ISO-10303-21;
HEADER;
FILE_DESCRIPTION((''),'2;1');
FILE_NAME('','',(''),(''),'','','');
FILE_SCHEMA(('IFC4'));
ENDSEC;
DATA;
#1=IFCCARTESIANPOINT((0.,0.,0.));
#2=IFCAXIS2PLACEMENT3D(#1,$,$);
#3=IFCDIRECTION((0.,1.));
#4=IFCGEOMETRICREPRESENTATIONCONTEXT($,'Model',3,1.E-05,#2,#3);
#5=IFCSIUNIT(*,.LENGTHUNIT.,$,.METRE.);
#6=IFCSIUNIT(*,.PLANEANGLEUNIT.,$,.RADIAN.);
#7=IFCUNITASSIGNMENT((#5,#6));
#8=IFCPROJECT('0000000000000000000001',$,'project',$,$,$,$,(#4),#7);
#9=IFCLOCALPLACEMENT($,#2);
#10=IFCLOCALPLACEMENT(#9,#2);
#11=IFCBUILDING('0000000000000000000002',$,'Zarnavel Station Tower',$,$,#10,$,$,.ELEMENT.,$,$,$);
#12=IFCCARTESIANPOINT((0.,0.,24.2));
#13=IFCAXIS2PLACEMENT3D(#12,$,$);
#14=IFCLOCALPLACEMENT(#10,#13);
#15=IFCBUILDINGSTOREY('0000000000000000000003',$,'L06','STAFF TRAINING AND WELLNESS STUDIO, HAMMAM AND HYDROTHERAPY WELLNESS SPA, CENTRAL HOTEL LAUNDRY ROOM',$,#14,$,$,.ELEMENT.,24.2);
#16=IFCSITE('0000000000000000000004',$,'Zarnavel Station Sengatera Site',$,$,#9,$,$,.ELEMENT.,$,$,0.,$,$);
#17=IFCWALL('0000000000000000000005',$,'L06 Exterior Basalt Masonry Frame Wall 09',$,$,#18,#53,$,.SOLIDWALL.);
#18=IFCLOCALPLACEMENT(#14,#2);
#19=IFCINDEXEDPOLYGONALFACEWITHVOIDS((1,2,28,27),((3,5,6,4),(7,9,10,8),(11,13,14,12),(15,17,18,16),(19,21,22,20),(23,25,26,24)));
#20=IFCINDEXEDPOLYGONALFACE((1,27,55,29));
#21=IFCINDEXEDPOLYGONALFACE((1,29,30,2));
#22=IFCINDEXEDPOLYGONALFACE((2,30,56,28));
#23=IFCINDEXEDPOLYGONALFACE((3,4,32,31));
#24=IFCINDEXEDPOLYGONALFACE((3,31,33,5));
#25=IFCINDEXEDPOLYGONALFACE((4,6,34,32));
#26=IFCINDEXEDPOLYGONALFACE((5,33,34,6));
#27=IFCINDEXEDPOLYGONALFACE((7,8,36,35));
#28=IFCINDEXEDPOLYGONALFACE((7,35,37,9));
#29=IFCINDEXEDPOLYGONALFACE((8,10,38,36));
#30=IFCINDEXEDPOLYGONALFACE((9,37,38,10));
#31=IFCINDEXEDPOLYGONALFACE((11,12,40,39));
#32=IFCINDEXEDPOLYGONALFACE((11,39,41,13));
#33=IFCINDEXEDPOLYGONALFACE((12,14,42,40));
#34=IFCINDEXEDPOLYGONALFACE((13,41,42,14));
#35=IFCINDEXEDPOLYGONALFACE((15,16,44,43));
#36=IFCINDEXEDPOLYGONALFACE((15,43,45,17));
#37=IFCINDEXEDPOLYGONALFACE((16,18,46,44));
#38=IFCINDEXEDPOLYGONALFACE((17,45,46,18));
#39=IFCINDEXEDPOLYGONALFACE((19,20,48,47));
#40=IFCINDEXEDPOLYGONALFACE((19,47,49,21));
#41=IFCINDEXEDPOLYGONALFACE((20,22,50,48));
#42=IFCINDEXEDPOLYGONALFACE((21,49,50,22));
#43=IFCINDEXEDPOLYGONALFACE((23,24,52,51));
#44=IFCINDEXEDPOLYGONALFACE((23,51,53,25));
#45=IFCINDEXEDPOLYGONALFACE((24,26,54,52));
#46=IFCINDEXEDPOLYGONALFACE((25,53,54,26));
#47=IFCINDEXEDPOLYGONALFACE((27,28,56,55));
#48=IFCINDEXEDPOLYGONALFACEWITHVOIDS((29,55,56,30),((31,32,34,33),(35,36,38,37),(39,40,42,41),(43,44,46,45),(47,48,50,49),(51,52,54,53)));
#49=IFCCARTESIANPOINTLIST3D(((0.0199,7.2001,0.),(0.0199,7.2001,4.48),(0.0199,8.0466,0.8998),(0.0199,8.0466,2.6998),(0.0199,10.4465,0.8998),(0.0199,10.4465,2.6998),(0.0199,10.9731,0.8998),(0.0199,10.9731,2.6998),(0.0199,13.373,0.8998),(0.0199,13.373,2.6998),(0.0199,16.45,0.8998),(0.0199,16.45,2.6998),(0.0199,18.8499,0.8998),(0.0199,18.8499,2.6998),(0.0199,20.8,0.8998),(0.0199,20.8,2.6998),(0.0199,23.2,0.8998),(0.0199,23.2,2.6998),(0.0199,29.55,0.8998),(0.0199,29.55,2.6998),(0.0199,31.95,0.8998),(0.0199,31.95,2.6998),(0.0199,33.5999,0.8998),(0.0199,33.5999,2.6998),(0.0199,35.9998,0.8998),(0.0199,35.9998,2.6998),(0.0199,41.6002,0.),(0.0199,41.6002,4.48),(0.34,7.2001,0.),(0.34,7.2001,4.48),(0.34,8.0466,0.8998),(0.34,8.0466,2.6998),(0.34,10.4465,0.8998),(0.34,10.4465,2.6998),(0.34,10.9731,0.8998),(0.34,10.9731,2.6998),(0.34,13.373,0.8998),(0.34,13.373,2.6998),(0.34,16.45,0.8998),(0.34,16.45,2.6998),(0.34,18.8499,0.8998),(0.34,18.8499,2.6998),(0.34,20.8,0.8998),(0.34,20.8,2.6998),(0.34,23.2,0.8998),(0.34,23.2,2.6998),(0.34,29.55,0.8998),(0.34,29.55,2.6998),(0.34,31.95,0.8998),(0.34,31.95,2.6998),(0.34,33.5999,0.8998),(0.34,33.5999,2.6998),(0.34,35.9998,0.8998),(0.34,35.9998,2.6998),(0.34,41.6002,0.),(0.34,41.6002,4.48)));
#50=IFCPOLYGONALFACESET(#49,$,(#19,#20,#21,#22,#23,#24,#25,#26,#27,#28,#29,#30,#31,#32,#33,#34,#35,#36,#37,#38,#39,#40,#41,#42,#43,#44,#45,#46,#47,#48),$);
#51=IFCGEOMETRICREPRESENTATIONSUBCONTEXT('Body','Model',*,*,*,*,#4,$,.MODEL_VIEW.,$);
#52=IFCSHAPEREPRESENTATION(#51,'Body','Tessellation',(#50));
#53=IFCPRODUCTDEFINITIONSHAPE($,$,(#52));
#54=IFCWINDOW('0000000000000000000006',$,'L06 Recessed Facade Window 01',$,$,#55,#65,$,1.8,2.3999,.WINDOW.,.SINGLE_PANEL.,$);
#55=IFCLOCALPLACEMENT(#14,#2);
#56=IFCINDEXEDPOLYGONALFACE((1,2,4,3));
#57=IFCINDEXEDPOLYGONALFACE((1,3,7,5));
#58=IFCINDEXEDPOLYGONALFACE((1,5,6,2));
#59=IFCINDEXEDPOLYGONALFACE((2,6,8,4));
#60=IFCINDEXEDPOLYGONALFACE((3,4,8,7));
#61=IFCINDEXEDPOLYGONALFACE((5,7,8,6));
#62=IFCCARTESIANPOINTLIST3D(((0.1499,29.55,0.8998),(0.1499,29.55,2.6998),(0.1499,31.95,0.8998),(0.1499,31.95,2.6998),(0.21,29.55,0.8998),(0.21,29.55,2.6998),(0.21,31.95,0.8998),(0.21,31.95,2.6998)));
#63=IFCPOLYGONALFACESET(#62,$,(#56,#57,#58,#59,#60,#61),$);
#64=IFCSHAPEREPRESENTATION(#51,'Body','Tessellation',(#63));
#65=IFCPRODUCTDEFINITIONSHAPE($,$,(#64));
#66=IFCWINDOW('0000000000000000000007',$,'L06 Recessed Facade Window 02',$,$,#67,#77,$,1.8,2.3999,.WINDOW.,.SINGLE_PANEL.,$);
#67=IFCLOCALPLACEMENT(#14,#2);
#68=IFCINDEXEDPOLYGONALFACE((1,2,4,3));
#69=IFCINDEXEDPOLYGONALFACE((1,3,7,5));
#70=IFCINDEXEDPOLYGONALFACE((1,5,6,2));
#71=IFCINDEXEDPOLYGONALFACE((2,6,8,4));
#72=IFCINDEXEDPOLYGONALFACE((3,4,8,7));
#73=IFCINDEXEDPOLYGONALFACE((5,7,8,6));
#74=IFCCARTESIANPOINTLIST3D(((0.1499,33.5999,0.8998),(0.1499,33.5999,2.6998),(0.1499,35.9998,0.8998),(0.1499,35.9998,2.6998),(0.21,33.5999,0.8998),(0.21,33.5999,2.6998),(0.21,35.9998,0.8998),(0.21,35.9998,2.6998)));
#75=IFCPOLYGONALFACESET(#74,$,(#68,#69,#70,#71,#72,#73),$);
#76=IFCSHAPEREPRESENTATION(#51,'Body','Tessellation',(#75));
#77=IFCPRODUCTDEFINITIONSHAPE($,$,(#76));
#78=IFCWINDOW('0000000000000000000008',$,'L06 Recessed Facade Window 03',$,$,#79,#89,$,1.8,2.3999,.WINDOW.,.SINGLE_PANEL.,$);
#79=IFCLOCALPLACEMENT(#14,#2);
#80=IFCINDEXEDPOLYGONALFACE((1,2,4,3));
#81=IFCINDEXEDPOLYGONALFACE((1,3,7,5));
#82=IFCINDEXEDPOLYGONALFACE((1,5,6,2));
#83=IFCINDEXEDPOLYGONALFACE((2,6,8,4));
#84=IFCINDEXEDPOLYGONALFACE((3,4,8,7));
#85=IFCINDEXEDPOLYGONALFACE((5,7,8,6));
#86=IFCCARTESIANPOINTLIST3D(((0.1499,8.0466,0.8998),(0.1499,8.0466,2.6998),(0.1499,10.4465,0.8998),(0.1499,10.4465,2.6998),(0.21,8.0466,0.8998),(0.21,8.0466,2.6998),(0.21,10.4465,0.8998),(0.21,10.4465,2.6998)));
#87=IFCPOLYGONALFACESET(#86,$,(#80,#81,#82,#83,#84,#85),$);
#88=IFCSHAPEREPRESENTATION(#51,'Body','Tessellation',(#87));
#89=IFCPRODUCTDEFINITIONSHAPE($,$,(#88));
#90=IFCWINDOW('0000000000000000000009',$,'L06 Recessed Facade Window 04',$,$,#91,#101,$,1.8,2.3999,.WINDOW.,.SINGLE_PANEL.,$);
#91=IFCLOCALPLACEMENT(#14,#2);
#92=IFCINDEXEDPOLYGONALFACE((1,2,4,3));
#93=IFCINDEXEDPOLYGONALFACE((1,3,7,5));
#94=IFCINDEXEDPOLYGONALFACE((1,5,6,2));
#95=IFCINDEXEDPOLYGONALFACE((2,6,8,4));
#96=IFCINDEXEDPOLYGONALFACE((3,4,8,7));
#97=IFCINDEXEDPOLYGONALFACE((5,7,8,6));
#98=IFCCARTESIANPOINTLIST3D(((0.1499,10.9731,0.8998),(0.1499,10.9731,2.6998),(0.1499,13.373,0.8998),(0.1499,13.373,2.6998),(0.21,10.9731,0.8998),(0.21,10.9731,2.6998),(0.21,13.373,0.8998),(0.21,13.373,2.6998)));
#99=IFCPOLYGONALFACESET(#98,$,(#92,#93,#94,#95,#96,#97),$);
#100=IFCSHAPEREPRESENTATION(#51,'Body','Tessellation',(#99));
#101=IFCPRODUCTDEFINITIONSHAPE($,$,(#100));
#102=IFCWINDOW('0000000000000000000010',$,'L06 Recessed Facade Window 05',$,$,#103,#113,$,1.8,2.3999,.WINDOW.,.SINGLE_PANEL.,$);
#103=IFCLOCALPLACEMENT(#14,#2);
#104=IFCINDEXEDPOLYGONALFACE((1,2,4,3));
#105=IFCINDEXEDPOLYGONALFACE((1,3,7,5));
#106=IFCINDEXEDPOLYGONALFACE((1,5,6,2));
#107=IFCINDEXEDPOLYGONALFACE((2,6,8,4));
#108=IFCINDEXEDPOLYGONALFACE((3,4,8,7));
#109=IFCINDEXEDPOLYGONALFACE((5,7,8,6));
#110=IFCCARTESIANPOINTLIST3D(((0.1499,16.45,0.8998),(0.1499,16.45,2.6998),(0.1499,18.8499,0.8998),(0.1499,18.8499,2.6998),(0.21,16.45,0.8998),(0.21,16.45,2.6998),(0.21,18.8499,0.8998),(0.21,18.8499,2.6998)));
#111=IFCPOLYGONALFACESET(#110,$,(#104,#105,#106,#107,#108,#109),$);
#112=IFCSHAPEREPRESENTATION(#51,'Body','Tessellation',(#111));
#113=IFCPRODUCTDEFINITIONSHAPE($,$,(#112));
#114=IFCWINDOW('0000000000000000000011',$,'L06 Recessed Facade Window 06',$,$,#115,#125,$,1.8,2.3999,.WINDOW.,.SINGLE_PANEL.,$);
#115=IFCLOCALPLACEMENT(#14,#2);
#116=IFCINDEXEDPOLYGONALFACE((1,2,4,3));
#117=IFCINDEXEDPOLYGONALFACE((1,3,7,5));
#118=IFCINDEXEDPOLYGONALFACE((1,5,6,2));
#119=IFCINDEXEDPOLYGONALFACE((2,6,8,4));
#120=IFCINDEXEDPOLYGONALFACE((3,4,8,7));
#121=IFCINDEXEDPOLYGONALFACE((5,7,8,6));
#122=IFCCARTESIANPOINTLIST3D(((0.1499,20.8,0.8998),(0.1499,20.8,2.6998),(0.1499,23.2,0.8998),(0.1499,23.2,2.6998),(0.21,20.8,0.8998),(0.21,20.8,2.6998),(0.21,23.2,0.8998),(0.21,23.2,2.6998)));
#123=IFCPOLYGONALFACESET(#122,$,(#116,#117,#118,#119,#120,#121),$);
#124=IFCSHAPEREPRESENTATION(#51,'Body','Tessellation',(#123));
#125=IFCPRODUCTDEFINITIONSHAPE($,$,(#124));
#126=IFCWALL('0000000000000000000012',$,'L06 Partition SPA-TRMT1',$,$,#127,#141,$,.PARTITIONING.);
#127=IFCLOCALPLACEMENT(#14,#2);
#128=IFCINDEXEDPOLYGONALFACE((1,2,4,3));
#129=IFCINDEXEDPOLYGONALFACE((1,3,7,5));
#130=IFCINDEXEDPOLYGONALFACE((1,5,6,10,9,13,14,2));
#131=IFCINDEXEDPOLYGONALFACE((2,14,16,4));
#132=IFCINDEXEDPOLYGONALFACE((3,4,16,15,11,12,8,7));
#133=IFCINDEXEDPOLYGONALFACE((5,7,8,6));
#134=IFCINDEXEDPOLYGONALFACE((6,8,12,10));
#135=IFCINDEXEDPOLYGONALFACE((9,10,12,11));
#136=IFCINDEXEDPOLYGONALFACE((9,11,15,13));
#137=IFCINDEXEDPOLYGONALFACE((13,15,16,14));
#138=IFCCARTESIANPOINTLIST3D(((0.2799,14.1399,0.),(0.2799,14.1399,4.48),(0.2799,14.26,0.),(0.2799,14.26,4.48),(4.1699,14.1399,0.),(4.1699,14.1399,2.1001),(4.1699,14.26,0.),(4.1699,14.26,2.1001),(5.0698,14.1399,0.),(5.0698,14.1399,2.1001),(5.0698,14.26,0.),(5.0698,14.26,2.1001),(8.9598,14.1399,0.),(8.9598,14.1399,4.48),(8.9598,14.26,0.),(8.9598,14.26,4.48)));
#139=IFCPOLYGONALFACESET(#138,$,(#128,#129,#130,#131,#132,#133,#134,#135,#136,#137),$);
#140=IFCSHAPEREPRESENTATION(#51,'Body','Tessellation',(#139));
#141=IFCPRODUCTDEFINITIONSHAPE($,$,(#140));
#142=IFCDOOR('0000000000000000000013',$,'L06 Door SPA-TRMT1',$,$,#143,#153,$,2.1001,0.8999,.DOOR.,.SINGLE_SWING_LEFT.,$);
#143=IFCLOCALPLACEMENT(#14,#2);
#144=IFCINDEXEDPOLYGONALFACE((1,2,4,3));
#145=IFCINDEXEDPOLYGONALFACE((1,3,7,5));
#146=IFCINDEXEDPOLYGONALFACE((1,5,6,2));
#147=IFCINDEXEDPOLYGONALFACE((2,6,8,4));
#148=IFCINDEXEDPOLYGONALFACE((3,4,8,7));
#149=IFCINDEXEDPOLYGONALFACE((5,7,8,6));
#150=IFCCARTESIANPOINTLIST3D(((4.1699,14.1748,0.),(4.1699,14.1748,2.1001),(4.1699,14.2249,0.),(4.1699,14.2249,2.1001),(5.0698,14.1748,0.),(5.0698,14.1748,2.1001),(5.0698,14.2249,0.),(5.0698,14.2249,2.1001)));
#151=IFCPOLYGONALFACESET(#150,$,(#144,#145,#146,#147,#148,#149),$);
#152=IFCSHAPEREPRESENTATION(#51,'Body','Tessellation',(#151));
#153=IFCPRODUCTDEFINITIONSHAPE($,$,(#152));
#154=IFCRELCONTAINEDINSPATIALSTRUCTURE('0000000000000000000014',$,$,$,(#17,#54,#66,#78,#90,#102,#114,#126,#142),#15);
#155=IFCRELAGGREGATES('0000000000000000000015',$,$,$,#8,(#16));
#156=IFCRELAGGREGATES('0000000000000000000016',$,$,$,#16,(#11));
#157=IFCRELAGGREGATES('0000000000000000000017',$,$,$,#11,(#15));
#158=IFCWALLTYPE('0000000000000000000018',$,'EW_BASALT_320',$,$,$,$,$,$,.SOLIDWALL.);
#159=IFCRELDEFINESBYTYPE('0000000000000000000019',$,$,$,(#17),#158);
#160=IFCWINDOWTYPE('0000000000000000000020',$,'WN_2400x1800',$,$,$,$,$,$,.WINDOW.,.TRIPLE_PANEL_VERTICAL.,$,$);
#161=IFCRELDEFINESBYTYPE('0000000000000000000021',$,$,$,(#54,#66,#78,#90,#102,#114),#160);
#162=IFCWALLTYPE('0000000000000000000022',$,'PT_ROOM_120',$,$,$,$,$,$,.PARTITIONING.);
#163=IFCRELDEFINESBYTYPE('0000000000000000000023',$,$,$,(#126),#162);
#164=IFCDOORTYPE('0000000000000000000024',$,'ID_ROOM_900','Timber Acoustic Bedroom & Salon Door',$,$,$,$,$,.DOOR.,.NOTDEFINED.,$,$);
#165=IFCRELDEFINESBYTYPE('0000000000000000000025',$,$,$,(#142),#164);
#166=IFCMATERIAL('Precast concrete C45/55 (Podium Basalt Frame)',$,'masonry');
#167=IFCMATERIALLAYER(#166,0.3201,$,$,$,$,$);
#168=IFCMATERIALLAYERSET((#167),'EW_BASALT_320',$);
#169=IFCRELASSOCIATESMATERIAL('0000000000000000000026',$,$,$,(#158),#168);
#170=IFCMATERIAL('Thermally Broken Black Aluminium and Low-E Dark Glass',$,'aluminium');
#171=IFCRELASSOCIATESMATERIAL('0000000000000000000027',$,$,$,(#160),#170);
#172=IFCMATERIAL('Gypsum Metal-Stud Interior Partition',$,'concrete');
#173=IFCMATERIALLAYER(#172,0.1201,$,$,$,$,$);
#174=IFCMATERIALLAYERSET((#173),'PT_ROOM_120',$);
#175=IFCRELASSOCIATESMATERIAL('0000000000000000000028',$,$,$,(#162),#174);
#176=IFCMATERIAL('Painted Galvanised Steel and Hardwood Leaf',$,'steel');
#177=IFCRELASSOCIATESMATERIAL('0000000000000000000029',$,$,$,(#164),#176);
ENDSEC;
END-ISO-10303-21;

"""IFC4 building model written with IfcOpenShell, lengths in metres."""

from ifc_helpers import new_model, si_unit, direction, frame, frame_2d, origin, place, context, subcontext, project, spatial, rectangle, extrude, material, layer, layer_set, type_object, element, fill, save


model = new_model("IFC4")

# Units and contexts
model_context = context("Model", 3, precision=1e-05, world=origin(), true_north=direction((0.0, 1.0)))
body_context = subcontext(model_context, "Body", "Model", "MODEL_VIEW")
ifc_project = project(units=[si_unit("LENGTHUNIT", "METRE"), si_unit("PLANEANGLEUNIT", "RADIAN")], contexts=[model_context])

# Site, building, storey
site_placement = place(None, origin())
site = spatial("IfcSite", under=ifc_project, at=site_placement, Name="Zarnavel Station Sengatera Site", CompositionType="ELEMENT", RefElevation=0.0)
building_placement = place(site_placement, origin())
building = spatial("IfcBuilding", under=site, at=building_placement, Name="Zarnavel Station Tower", CompositionType="ELEMENT")
storey_placement = place(building_placement, frame((0.0, 0.0, 24.2)))
storey = spatial("IfcBuildingStorey", under=building, at=storey_placement, Name="L06", Description="STAFF TRAINING AND WELLNESS STUDIO, HAMMAM AND HYDROTHERAPY WELLNESS SPA, CENTRAL HOTEL LAUNDRY ROOM", CompositionType="ELEMENT", Elevation=24.2)

# Wall, openings, windows
ifc_material_1 = material(Name="Precast concrete C45/55 (Podium Basalt Frame)", Category="masonry")
ifc_layer_1 = layer(ifc_material_1, 0.3201)
ifc_layer_set_1 = layer_set([ifc_layer_1], Name="EW_BASALT_320")
wall_type_1 = type_object("IfcWallType", Name="EW_BASALT_320", PredefinedType="SOLIDWALL", material=ifc_layer_set_1)
wall_1_placement = place(storey_placement, frame((0.1799, 7.2, 0.0), z_axis=(0.0, 0.0, 1.0), x_axis=(0.0, 1.0, 0.0)))
wall_1 = element("IfcWall", 1, at=wall_1_placement, inside=storey, type_object=wall_type_1, Name="L06 Exterior Basalt Masonry Frame Wall 09", PredefinedType="SOLIDWALL", context=body_context, shape_type="SweptSolid", body=[
    extrude(rectangle(XDim=34.4001, YDim=0.3201, at=frame_2d((17.2002, 0.0))), origin(), (0.0, 0.0, 1.0), 4.48),
])
opening_1_placement = place(wall_1_placement, frame((22.3501, 0.0, 0.8999)))
opening_1 = element("IfcOpeningElement", 2, at=opening_1_placement, cuts=wall_1, PredefinedType="OPENING", context=body_context, shape_type="SweptSolid", body=[
    extrude(rectangle(XDim=2.3999, YDim=1.8, at=frame_2d((1.2, 0.8999))), frame((0.0, 0.1699, 0.0), z_axis=(0.0, -1.0, 0.0), x_axis=(1.0, 0.0, 0.0)), (0.0, 0.0, 1.0), 0.3401),
])
opening_2_placement = place(wall_1_placement, frame((26.3999, 0.0, 0.8999)))
opening_2 = element("IfcOpeningElement", 3, at=opening_2_placement, cuts=wall_1, PredefinedType="OPENING", context=body_context, shape_type="SweptSolid", body=[
    extrude(rectangle(XDim=2.3999, YDim=1.8, at=frame_2d((1.2, 0.8999))), frame((0.0, 0.1699, 0.0), z_axis=(0.0, -1.0, 0.0), x_axis=(1.0, 0.0, 0.0)), (0.0, 0.0, 1.0), 0.3401),
])
opening_3_placement = place(wall_1_placement, frame((0.8467, 0.0, 0.8999)))
opening_3 = element("IfcOpeningElement", 4, at=opening_3_placement, cuts=wall_1, PredefinedType="OPENING", context=body_context, shape_type="SweptSolid", body=[
    extrude(rectangle(XDim=2.3999, YDim=1.8, at=frame_2d((1.2, 0.8999))), frame((0.0, 0.1699, 0.0), z_axis=(0.0, -1.0, 0.0), x_axis=(1.0, 0.0, 0.0)), (0.0, 0.0, 1.0), 0.3401),
])
opening_4_placement = place(wall_1_placement, frame((3.7732, 0.0, 0.8999)))
opening_4 = element("IfcOpeningElement", 5, at=opening_4_placement, cuts=wall_1, PredefinedType="OPENING", context=body_context, shape_type="SweptSolid", body=[
    extrude(rectangle(XDim=2.3999, YDim=1.8, at=frame_2d((1.2, 0.8999))), frame((0.0, 0.1699, 0.0), z_axis=(0.0, -1.0, 0.0), x_axis=(1.0, 0.0, 0.0)), (0.0, 0.0, 1.0), 0.3401),
])
opening_5_placement = place(wall_1_placement, frame((9.25, 0.0, 0.8999)))
opening_5 = element("IfcOpeningElement", 6, at=opening_5_placement, cuts=wall_1, PredefinedType="OPENING", context=body_context, shape_type="SweptSolid", body=[
    extrude(rectangle(XDim=2.3999, YDim=1.8, at=frame_2d((1.2, 0.8999))), frame((0.0, 0.1699, 0.0), z_axis=(0.0, -1.0, 0.0), x_axis=(1.0, 0.0, 0.0)), (0.0, 0.0, 1.0), 0.3401),
])
opening_6_placement = place(wall_1_placement, frame((13.6001, 0.0, 0.8999)))
opening_6 = element("IfcOpeningElement", 7, at=opening_6_placement, cuts=wall_1, PredefinedType="OPENING", context=body_context, shape_type="SweptSolid", body=[
    extrude(rectangle(XDim=2.3999, YDim=1.8, at=frame_2d((1.2, 0.8999))), frame((0.0, 0.1699, 0.0), z_axis=(0.0, -1.0, 0.0), x_axis=(1.0, 0.0, 0.0)), (0.0, 0.0, 1.0), 0.3401),
])
ifc_material_2 = material(Name="Thermally Broken Black Aluminium and Low-E Dark Glass", Category="aluminium")
window_type = type_object("IfcWindowType", Name="WN_2400x1800", PartitioningType="TRIPLE_PANEL_VERTICAL", PredefinedType="WINDOW", material=ifc_material_2)
window_1_placement = place(opening_1_placement, origin())
window_1 = element("IfcWindow", 8, at=window_1_placement, inside=storey, type_object=window_type, Name="L06 Recessed Facade Window 01", OverallHeight=1.8, OverallWidth=2.3999, PartitioningType="SINGLE_PANEL", PredefinedType="WINDOW", context=body_context, shape_type="SweptSolid", body=[
    extrude(rectangle(XDim=2.3999, YDim=1.8, at=frame_2d((1.2, 0.8999))), frame((0.0, 0.03, 0.0), z_axis=(0.0, -1.0, 0.0), x_axis=(1.0, 0.0, 0.0)), (0.0, 0.0, 1.0), 0.0601),
])
fill(opening_1, window_1)
window_2_placement = place(opening_2_placement, origin())
window_2 = element("IfcWindow", 9, at=window_2_placement, inside=storey, type_object=window_type, Name="L06 Recessed Facade Window 02", OverallHeight=1.8, OverallWidth=2.3999, PartitioningType="SINGLE_PANEL", PredefinedType="WINDOW", context=body_context, shape_type="SweptSolid", body=[
    extrude(rectangle(XDim=2.3999, YDim=1.8, at=frame_2d((1.2, 0.8999))), frame((0.0, 0.03, 0.0), z_axis=(0.0, -1.0, 0.0), x_axis=(1.0, 0.0, 0.0)), (0.0, 0.0, 1.0), 0.0601),
])
fill(opening_2, window_2)
window_3_placement = place(opening_3_placement, origin())
window_3 = element("IfcWindow", 10, at=window_3_placement, inside=storey, type_object=window_type, Name="L06 Recessed Facade Window 03", OverallHeight=1.8, OverallWidth=2.3999, PartitioningType="SINGLE_PANEL", PredefinedType="WINDOW", context=body_context, shape_type="SweptSolid", body=[
    extrude(rectangle(XDim=2.3999, YDim=1.8, at=frame_2d((1.2, 0.8999))), frame((0.0, 0.03, 0.0), z_axis=(0.0, -1.0, 0.0), x_axis=(1.0, 0.0, 0.0)), (0.0, 0.0, 1.0), 0.0601),
])
fill(opening_3, window_3)
window_4_placement = place(opening_4_placement, origin())
window_4 = element("IfcWindow", 11, at=window_4_placement, inside=storey, type_object=window_type, Name="L06 Recessed Facade Window 04", OverallHeight=1.8, OverallWidth=2.3999, PartitioningType="SINGLE_PANEL", PredefinedType="WINDOW", context=body_context, shape_type="SweptSolid", body=[
    extrude(rectangle(XDim=2.3999, YDim=1.8, at=frame_2d((1.2, 0.8999))), frame((0.0, 0.03, 0.0), z_axis=(0.0, -1.0, 0.0), x_axis=(1.0, 0.0, 0.0)), (0.0, 0.0, 1.0), 0.0601),
])
fill(opening_4, window_4)
window_5_placement = place(opening_5_placement, origin())
window_5 = element("IfcWindow", 12, at=window_5_placement, inside=storey, type_object=window_type, Name="L06 Recessed Facade Window 05", OverallHeight=1.8, OverallWidth=2.3999, PartitioningType="SINGLE_PANEL", PredefinedType="WINDOW", context=body_context, shape_type="SweptSolid", body=[
    extrude(rectangle(XDim=2.3999, YDim=1.8, at=frame_2d((1.2, 0.8999))), frame((0.0, 0.03, 0.0), z_axis=(0.0, -1.0, 0.0), x_axis=(1.0, 0.0, 0.0)), (0.0, 0.0, 1.0), 0.0601),
])
fill(opening_5, window_5)
window_6_placement = place(opening_6_placement, origin())
window_6 = element("IfcWindow", 13, at=window_6_placement, inside=storey, type_object=window_type, Name="L06 Recessed Facade Window 06", OverallHeight=1.8, OverallWidth=2.3999, PartitioningType="SINGLE_PANEL", PredefinedType="WINDOW", context=body_context, shape_type="SweptSolid", body=[
    extrude(rectangle(XDim=2.3999, YDim=1.8, at=frame_2d((1.2, 0.8999))), frame((0.0, 0.03, 0.0), z_axis=(0.0, -1.0, 0.0), x_axis=(1.0, 0.0, 0.0)), (0.0, 0.0, 1.0), 0.0601),
])
fill(opening_6, window_6)

# Wall, opening, door
ifc_material_3 = material(Name="Gypsum Metal-Stud Interior Partition", Category="concrete")
ifc_layer_2 = layer(ifc_material_3, 0.1201)
ifc_layer_set_2 = layer_set([ifc_layer_2], Name="PT_ROOM_120")
wall_type_2 = type_object("IfcWallType", Name="PT_ROOM_120", PredefinedType="PARTITIONING", material=ifc_layer_set_2)
wall_2_placement = place(storey_placement, frame((0.28, 14.2, 0.0), z_axis=(0.0, 0.0, 1.0), x_axis=(1.0, 0.0, 0.0)))
wall_2 = element("IfcWall", 14, at=wall_2_placement, inside=storey, type_object=wall_type_2, Name="L06 Partition SPA-TRMT1", PredefinedType="PARTITIONING", context=body_context, shape_type="SweptSolid", body=[
    extrude(rectangle(XDim=8.6799, YDim=0.1201, at=frame_2d((4.3398, 0.0))), origin(), (0.0, 0.0, 1.0), 4.48),
])
opening_7_placement = place(wall_2_placement, frame((3.8899, 0.0, 0.0)))
opening_7 = element("IfcOpeningElement", 15, at=opening_7_placement, cuts=wall_2, PredefinedType="OPENING", context=body_context, shape_type="SweptSolid", body=[
    extrude(rectangle(XDim=0.8999, YDim=2.1001, at=frame_2d((0.45, 1.05))), frame((0.0, 0.0701, 0.0), z_axis=(0.0, -1.0, 0.0), x_axis=(1.0, 0.0, 0.0)), (0.0, 0.0, 1.0), 0.1401),
])
ifc_material_4 = material(Name="Painted Galvanised Steel and Hardwood Leaf", Category="steel")
door_type = type_object("IfcDoorType", Name="ID_ROOM_900", Description="Timber Acoustic Bedroom & Salon Door", OperationType="NOTDEFINED", PredefinedType="DOOR", material=ifc_material_4)
door_1_placement = place(opening_7_placement, origin())
door_1 = element("IfcDoor", 16, at=door_1_placement, inside=storey, type_object=door_type, Name="L06 Door SPA-TRMT1", OperationType="SINGLE_SWING_LEFT", OverallHeight=2.1001, OverallWidth=0.8999, PredefinedType="DOOR", context=body_context, shape_type="SweptSolid", body=[
    extrude(rectangle(XDim=0.8999, YDim=2.1001, at=frame_2d((0.45, 1.05))), frame((0.0, 0.0249, 0.0), z_axis=(0.0, -1.0, 0.0), x_axis=(1.0, 0.0, 0.0)), (0.0, 0.0, 1.0), 0.05),
])
fill(opening_7, door_1)

save(model, "model.ifc")
